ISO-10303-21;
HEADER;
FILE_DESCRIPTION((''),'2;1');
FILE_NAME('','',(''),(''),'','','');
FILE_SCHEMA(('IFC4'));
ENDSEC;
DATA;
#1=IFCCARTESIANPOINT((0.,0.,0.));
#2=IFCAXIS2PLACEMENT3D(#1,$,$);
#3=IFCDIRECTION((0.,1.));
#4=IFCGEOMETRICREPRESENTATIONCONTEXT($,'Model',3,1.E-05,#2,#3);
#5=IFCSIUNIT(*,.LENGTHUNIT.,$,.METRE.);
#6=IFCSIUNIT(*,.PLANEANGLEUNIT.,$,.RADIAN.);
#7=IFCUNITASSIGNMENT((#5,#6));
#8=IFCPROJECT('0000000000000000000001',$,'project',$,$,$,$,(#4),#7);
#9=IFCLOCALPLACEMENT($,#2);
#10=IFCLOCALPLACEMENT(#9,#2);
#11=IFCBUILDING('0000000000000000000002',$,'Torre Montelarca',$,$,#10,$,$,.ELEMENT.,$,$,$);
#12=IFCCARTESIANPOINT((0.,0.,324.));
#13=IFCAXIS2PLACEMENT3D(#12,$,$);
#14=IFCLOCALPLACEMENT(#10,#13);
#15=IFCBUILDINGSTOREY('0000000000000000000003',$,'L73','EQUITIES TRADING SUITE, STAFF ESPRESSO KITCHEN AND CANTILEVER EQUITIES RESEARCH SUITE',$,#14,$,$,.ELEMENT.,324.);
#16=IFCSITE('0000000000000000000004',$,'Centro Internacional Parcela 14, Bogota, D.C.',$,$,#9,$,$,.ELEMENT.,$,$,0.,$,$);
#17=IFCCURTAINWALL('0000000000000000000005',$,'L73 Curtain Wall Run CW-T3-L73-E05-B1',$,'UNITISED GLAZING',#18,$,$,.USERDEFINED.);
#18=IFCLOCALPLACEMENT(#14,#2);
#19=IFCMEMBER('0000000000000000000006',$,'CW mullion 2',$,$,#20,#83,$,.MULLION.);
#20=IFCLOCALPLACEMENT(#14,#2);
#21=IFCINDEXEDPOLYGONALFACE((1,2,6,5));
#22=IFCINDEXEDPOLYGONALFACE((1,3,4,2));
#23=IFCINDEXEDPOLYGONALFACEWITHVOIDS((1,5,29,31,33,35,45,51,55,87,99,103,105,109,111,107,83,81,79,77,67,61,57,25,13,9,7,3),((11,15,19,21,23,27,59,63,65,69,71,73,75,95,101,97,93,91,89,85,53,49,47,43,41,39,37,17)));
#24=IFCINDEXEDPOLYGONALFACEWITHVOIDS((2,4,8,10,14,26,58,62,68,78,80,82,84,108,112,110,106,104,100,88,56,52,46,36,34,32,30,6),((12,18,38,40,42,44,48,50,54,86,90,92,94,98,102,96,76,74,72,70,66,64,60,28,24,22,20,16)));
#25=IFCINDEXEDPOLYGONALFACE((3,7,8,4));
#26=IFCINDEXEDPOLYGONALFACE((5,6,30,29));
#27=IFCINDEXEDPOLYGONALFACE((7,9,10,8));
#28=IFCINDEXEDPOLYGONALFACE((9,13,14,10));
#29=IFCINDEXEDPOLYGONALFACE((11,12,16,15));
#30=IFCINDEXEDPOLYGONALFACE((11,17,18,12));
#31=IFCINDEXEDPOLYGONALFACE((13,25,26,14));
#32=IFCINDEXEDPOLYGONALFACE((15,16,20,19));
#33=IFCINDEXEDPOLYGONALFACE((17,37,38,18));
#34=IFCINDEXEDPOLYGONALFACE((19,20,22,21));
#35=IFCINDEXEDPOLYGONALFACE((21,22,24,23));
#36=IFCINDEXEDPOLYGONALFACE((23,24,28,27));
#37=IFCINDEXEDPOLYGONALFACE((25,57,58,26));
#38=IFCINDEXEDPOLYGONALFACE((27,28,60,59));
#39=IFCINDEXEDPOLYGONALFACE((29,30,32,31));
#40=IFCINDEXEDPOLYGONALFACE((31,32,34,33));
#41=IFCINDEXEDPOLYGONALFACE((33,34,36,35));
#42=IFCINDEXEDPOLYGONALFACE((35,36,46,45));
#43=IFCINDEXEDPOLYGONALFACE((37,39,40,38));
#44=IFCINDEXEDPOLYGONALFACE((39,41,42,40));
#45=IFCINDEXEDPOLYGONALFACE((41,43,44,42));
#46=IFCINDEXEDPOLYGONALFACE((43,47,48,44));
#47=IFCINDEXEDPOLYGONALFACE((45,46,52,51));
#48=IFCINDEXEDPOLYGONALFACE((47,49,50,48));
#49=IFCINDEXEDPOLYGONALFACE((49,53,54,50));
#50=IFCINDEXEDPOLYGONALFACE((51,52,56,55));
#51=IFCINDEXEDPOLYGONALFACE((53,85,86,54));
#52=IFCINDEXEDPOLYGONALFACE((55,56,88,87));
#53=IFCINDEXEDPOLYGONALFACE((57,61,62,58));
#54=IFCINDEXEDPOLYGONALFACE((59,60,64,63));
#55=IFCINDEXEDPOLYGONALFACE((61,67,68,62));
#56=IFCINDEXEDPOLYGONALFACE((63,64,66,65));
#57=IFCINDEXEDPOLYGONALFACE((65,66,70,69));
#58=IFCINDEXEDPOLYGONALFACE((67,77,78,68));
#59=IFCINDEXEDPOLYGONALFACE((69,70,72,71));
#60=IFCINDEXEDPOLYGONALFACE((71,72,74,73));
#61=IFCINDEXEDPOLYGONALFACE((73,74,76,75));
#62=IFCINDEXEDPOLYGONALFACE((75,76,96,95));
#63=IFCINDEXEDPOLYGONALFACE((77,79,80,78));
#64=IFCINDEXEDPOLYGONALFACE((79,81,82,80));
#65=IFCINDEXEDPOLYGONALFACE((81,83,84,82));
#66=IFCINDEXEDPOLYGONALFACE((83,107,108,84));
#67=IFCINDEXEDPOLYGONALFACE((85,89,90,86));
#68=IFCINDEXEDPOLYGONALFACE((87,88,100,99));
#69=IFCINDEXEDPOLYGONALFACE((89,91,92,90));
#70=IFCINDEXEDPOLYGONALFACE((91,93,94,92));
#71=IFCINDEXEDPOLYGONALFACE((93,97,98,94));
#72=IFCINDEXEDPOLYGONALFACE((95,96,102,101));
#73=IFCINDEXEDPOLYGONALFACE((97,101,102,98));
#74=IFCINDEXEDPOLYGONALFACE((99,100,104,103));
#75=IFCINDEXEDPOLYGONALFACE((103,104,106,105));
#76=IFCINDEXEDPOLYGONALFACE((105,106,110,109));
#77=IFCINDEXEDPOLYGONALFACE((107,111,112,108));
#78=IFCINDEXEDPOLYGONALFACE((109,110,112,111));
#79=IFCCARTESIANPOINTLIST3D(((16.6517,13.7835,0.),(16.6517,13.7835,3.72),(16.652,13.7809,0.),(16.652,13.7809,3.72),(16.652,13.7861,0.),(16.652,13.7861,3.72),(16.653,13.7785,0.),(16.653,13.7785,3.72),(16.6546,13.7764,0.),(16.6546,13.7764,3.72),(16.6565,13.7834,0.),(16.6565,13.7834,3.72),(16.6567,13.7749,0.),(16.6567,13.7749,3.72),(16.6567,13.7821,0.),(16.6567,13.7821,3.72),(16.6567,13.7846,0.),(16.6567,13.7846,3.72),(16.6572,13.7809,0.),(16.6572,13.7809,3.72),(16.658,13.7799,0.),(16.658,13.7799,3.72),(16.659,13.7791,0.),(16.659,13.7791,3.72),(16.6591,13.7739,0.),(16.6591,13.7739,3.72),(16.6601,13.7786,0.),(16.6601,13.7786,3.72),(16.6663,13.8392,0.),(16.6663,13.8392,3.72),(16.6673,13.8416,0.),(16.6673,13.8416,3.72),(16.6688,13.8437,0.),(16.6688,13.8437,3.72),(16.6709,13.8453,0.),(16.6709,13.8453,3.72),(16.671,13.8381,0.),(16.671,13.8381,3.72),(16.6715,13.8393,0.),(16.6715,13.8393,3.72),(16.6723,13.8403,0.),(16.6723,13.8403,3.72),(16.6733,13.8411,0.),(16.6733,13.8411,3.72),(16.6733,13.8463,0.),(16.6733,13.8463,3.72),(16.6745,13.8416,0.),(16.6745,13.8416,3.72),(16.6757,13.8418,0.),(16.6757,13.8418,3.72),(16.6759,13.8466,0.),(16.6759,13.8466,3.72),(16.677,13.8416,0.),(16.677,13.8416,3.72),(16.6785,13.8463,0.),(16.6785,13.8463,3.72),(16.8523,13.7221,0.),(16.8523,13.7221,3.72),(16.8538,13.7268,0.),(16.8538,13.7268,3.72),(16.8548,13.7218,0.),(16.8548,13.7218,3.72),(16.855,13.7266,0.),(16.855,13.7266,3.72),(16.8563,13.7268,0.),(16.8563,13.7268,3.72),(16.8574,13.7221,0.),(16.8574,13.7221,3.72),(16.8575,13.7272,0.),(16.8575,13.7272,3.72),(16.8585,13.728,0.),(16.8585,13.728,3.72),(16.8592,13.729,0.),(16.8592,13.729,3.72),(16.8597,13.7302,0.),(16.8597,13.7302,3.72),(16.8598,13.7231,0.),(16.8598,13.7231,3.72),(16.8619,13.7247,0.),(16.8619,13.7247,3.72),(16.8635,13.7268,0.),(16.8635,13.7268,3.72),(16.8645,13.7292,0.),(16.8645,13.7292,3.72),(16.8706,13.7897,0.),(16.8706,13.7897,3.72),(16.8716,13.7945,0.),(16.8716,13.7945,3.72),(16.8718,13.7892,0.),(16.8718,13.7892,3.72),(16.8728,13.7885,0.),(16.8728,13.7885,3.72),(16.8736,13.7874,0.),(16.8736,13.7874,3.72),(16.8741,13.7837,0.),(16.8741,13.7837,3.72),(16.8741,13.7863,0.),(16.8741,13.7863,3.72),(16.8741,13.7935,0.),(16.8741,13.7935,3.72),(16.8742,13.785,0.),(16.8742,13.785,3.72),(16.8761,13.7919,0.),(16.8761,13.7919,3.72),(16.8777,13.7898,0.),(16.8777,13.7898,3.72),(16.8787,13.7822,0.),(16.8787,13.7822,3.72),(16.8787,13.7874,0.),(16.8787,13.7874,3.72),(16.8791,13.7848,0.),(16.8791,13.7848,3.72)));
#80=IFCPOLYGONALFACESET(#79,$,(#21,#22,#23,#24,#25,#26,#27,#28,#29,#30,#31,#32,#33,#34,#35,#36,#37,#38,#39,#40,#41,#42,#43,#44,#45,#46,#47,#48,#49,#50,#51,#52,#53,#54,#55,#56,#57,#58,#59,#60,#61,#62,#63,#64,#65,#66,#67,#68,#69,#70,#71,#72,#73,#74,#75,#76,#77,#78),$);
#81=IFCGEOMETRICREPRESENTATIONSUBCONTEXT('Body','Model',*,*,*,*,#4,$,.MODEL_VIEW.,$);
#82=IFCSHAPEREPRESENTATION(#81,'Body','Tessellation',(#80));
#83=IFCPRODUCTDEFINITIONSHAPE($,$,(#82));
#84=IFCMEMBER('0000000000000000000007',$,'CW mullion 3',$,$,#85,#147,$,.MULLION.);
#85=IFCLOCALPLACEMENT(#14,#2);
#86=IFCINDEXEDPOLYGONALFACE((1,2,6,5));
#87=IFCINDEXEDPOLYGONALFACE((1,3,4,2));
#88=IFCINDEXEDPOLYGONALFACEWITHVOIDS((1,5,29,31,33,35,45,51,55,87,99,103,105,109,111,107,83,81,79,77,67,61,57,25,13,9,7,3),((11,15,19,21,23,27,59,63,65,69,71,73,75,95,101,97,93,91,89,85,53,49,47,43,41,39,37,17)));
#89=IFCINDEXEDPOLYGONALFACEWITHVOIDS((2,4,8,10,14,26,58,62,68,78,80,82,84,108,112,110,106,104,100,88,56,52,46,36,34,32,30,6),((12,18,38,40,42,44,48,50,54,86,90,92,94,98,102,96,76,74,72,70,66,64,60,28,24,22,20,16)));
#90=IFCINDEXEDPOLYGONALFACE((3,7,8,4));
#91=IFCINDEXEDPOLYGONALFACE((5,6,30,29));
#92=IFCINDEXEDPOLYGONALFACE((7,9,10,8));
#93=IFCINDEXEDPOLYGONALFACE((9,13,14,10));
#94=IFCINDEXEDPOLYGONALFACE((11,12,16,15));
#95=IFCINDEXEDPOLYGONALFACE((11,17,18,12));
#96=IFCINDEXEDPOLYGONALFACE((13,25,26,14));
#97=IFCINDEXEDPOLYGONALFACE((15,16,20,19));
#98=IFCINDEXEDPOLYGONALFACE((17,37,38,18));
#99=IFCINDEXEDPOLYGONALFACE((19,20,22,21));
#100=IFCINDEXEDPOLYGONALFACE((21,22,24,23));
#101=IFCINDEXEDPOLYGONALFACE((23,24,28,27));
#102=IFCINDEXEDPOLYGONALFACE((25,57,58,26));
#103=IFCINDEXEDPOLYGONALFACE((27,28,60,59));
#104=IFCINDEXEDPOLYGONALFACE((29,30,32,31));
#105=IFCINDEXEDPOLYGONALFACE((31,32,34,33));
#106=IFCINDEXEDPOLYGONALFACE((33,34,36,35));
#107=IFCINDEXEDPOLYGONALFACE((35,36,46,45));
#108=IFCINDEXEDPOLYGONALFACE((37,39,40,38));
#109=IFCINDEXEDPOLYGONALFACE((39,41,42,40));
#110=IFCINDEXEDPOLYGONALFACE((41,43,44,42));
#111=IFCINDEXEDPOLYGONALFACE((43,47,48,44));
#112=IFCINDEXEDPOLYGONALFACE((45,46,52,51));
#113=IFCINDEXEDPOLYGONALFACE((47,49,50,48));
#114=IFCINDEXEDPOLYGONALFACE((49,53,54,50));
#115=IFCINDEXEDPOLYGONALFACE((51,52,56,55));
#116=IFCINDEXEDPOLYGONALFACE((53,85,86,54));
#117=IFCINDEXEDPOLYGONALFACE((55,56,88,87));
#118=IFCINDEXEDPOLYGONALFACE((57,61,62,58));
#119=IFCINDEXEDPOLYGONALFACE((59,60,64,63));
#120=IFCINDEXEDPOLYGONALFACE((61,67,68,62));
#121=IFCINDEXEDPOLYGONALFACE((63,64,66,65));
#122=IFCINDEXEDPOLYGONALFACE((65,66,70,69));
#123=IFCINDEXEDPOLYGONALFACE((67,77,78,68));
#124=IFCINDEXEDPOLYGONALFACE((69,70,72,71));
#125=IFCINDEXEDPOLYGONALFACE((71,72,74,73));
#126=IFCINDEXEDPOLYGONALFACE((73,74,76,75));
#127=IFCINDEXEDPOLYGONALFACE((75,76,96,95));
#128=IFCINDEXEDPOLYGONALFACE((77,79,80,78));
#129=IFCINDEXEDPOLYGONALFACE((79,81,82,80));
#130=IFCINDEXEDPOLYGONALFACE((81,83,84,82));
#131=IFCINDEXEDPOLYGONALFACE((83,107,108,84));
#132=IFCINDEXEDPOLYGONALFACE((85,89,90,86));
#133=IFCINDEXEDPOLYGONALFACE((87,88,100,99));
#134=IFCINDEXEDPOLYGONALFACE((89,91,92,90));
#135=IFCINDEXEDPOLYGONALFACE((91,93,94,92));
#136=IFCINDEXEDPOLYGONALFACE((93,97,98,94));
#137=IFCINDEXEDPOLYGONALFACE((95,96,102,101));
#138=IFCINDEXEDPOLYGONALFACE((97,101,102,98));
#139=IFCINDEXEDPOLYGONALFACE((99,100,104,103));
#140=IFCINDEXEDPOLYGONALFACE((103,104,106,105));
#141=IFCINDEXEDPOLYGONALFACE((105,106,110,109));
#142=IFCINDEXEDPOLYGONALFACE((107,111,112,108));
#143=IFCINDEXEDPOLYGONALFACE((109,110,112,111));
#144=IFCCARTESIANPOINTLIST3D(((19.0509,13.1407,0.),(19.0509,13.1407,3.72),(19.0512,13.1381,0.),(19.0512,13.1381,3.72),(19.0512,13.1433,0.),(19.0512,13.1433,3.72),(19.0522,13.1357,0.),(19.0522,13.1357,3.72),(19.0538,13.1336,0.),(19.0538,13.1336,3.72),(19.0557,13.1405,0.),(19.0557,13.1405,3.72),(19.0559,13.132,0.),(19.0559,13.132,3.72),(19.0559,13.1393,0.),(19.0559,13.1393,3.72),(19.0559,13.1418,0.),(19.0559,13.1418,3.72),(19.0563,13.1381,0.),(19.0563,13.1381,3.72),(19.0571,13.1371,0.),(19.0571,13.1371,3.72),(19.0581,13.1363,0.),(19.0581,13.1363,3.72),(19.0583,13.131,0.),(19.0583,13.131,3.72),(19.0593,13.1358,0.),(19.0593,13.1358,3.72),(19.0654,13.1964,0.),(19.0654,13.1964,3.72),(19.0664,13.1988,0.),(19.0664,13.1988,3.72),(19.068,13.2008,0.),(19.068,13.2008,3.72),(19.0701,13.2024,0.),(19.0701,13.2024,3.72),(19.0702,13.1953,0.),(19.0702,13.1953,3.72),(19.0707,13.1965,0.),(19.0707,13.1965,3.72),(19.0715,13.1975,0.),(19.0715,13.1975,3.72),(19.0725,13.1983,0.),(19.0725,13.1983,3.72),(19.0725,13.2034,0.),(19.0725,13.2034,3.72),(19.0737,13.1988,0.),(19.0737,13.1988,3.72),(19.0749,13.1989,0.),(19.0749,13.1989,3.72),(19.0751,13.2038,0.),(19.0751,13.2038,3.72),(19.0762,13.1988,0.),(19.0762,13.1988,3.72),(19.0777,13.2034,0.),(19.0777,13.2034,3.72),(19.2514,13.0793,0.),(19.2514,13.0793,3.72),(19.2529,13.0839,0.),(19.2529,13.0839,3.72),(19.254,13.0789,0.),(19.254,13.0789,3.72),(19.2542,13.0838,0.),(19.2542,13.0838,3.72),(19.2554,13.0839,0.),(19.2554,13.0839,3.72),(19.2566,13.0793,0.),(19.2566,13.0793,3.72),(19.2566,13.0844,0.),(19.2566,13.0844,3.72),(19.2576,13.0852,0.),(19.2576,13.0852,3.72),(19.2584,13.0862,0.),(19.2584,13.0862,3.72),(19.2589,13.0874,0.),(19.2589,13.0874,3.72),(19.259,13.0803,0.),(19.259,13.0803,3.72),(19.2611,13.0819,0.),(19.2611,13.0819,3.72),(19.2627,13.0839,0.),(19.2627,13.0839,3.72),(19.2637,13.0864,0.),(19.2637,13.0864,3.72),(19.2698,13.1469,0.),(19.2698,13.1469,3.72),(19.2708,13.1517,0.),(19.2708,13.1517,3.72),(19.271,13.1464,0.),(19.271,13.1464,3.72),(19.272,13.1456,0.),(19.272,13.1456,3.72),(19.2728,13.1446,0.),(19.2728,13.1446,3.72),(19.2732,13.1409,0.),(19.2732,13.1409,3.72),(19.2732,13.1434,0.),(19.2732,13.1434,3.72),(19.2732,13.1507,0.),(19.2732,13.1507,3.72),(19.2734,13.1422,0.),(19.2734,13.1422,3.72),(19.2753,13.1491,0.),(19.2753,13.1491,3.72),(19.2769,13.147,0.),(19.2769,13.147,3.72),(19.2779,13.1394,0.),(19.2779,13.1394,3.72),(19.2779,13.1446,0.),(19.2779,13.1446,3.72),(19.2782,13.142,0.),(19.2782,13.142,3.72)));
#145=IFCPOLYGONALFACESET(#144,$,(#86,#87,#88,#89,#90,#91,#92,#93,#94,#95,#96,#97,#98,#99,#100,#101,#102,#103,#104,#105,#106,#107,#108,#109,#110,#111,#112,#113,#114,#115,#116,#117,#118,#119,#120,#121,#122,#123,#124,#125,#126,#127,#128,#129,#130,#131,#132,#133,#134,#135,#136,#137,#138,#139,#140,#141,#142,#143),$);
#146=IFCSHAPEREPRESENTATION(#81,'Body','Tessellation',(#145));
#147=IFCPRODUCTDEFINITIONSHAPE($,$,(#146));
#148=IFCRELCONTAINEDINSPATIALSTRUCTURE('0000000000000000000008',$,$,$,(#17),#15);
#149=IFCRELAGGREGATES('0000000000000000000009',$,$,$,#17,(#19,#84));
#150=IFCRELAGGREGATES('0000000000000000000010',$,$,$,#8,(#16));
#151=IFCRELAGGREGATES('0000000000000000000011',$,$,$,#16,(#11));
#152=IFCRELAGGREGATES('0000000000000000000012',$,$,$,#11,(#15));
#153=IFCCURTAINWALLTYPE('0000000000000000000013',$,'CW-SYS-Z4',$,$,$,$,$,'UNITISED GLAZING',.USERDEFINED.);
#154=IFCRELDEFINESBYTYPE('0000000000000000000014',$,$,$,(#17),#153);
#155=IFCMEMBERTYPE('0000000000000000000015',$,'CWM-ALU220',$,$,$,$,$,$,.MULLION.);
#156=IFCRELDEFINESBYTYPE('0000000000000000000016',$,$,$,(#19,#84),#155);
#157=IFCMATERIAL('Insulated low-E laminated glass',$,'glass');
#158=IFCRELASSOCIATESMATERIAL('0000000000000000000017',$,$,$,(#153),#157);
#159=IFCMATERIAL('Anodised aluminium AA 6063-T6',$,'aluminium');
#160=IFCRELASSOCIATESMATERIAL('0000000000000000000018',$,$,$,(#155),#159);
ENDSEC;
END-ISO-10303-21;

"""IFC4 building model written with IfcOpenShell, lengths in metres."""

from ifc_helpers import new_model, si_unit, direction, frame, origin, origin_2d, place, context, subcontext, project, spatial, hollow_rectangle, extrude, source, transform, mapped, material, material_profile, profile_set, type_object, element, aggregate, save


model = new_model("IFC4")

# Units and contexts
model_context = context("Model", 3, precision=1e-05, world=origin(), true_north=direction((0.0, 1.0)))
body_context = subcontext(model_context, "Body", "Model", "MODEL_VIEW")
ifc_project = project(units=[si_unit("LENGTHUNIT", "METRE"), si_unit("PLANEANGLEUNIT", "RADIAN")], contexts=[model_context])

# Site, building, storey
site_placement = place(None, origin())
site = spatial("IfcSite", under=ifc_project, at=site_placement, Name="Centro Internacional Parcela 14, Bogota, D.C.", CompositionType="ELEMENT", RefElevation=0.0)
building_placement = place(site_placement, origin())
building = spatial("IfcBuilding", under=site, at=building_placement, Name="Torre Montelarca", CompositionType="ELEMENT")
storey_placement = place(building_placement, frame((0.0, 0.0, 324.0)))
storey = spatial("IfcBuildingStorey", under=building, at=storey_placement, Name="L73", Description="EQUITIES TRADING SUITE, STAFF ESPRESSO KITCHEN AND CANTILEVER EQUITIES RESEARCH SUITE", CompositionType="ELEMENT", Elevation=324.0)

# Shared definitions
ifc_material_1 = material(Name="Insulated low-E laminated glass", Category="glass")
curtain_wall_type = type_object("IfcCurtainWallType", Name="CW-SYS-Z4", ElementType="UNITISED GLAZING", PredefinedType="USERDEFINED", material=ifc_material_1)
ifc_material_2 = material(Name="Anodised aluminium AA 6063-T6", Category="aluminium")
ifc_material_profile_1 = material_profile(ifc_material_2, hollow_rectangle(XDim=0.075, YDim=0.22, WallThickness=0.0049, InnerFilletRadius=0.0049, OuterFilletRadius=0.01, at=origin_2d()), Name="ALU75X220X5", Category="aluminium")
ifc_profile_set_1 = profile_set([ifc_material_profile_1], Name="Anodised aluminium AA 6063-T6")
member_type_1 = type_object("IfcMemberType", Name="CWM-ALU220", PredefinedType="MULLION", material=ifc_profile_set_1)
shared_shape_1 = source(origin(), body_context, "Body", "SweptSolid", [
    extrude(hollow_rectangle(XDim=0.075, YDim=0.22, WallThickness=0.0049, InnerFilletRadius=0.0049, OuterFilletRadius=0.01, at=origin_2d()), origin(), (0.0, 0.0, 1.0), 3.72),
])

# Curtain wall, members
curtain_wall_1_placement = place(storey_placement, origin())
curtain_wall_1 = element("IfcCurtainWall", 1, at=curtain_wall_1_placement, inside=storey, type_object=curtain_wall_type, Name="L73 Curtain Wall Run CW-T3-L73-E05-B1", ObjectType="UNITISED GLAZING", PredefinedType="USERDEFINED")
member_1_placement = place(storey_placement, frame((16.7654, 13.7842, 0.0), z_axis=(0.0, 0.0, 1.0), x_axis=(0.258815, 0.965927, 0.0)))
member_1 = element("IfcMember", 2, at=member_1_placement, type_object=member_type_1, Name="CW mullion 2", PredefinedType="MULLION", context=body_context, shape_type="MappedRepresentation", body=[
    mapped(shared_shape_1, transform((0.0, 0.0, 0.0), scale=1.0)),
])
member_2_placement = place(storey_placement, frame((19.1646, 13.1414, 0.0), z_axis=(0.0, 0.0, 1.0), x_axis=(0.258815, 0.965927, 0.0)))
member_2 = element("IfcMember", 3, at=member_2_placement, type_object=member_type_1, Name="CW mullion 3", PredefinedType="MULLION", context=body_context, shape_type="MappedRepresentation", body=[
    mapped(shared_shape_1, transform((0.0, 0.0, 0.0), scale=1.0)),
])

aggregate(curtain_wall_1, [member_1, member_2])

save(model, "model.ifc")
